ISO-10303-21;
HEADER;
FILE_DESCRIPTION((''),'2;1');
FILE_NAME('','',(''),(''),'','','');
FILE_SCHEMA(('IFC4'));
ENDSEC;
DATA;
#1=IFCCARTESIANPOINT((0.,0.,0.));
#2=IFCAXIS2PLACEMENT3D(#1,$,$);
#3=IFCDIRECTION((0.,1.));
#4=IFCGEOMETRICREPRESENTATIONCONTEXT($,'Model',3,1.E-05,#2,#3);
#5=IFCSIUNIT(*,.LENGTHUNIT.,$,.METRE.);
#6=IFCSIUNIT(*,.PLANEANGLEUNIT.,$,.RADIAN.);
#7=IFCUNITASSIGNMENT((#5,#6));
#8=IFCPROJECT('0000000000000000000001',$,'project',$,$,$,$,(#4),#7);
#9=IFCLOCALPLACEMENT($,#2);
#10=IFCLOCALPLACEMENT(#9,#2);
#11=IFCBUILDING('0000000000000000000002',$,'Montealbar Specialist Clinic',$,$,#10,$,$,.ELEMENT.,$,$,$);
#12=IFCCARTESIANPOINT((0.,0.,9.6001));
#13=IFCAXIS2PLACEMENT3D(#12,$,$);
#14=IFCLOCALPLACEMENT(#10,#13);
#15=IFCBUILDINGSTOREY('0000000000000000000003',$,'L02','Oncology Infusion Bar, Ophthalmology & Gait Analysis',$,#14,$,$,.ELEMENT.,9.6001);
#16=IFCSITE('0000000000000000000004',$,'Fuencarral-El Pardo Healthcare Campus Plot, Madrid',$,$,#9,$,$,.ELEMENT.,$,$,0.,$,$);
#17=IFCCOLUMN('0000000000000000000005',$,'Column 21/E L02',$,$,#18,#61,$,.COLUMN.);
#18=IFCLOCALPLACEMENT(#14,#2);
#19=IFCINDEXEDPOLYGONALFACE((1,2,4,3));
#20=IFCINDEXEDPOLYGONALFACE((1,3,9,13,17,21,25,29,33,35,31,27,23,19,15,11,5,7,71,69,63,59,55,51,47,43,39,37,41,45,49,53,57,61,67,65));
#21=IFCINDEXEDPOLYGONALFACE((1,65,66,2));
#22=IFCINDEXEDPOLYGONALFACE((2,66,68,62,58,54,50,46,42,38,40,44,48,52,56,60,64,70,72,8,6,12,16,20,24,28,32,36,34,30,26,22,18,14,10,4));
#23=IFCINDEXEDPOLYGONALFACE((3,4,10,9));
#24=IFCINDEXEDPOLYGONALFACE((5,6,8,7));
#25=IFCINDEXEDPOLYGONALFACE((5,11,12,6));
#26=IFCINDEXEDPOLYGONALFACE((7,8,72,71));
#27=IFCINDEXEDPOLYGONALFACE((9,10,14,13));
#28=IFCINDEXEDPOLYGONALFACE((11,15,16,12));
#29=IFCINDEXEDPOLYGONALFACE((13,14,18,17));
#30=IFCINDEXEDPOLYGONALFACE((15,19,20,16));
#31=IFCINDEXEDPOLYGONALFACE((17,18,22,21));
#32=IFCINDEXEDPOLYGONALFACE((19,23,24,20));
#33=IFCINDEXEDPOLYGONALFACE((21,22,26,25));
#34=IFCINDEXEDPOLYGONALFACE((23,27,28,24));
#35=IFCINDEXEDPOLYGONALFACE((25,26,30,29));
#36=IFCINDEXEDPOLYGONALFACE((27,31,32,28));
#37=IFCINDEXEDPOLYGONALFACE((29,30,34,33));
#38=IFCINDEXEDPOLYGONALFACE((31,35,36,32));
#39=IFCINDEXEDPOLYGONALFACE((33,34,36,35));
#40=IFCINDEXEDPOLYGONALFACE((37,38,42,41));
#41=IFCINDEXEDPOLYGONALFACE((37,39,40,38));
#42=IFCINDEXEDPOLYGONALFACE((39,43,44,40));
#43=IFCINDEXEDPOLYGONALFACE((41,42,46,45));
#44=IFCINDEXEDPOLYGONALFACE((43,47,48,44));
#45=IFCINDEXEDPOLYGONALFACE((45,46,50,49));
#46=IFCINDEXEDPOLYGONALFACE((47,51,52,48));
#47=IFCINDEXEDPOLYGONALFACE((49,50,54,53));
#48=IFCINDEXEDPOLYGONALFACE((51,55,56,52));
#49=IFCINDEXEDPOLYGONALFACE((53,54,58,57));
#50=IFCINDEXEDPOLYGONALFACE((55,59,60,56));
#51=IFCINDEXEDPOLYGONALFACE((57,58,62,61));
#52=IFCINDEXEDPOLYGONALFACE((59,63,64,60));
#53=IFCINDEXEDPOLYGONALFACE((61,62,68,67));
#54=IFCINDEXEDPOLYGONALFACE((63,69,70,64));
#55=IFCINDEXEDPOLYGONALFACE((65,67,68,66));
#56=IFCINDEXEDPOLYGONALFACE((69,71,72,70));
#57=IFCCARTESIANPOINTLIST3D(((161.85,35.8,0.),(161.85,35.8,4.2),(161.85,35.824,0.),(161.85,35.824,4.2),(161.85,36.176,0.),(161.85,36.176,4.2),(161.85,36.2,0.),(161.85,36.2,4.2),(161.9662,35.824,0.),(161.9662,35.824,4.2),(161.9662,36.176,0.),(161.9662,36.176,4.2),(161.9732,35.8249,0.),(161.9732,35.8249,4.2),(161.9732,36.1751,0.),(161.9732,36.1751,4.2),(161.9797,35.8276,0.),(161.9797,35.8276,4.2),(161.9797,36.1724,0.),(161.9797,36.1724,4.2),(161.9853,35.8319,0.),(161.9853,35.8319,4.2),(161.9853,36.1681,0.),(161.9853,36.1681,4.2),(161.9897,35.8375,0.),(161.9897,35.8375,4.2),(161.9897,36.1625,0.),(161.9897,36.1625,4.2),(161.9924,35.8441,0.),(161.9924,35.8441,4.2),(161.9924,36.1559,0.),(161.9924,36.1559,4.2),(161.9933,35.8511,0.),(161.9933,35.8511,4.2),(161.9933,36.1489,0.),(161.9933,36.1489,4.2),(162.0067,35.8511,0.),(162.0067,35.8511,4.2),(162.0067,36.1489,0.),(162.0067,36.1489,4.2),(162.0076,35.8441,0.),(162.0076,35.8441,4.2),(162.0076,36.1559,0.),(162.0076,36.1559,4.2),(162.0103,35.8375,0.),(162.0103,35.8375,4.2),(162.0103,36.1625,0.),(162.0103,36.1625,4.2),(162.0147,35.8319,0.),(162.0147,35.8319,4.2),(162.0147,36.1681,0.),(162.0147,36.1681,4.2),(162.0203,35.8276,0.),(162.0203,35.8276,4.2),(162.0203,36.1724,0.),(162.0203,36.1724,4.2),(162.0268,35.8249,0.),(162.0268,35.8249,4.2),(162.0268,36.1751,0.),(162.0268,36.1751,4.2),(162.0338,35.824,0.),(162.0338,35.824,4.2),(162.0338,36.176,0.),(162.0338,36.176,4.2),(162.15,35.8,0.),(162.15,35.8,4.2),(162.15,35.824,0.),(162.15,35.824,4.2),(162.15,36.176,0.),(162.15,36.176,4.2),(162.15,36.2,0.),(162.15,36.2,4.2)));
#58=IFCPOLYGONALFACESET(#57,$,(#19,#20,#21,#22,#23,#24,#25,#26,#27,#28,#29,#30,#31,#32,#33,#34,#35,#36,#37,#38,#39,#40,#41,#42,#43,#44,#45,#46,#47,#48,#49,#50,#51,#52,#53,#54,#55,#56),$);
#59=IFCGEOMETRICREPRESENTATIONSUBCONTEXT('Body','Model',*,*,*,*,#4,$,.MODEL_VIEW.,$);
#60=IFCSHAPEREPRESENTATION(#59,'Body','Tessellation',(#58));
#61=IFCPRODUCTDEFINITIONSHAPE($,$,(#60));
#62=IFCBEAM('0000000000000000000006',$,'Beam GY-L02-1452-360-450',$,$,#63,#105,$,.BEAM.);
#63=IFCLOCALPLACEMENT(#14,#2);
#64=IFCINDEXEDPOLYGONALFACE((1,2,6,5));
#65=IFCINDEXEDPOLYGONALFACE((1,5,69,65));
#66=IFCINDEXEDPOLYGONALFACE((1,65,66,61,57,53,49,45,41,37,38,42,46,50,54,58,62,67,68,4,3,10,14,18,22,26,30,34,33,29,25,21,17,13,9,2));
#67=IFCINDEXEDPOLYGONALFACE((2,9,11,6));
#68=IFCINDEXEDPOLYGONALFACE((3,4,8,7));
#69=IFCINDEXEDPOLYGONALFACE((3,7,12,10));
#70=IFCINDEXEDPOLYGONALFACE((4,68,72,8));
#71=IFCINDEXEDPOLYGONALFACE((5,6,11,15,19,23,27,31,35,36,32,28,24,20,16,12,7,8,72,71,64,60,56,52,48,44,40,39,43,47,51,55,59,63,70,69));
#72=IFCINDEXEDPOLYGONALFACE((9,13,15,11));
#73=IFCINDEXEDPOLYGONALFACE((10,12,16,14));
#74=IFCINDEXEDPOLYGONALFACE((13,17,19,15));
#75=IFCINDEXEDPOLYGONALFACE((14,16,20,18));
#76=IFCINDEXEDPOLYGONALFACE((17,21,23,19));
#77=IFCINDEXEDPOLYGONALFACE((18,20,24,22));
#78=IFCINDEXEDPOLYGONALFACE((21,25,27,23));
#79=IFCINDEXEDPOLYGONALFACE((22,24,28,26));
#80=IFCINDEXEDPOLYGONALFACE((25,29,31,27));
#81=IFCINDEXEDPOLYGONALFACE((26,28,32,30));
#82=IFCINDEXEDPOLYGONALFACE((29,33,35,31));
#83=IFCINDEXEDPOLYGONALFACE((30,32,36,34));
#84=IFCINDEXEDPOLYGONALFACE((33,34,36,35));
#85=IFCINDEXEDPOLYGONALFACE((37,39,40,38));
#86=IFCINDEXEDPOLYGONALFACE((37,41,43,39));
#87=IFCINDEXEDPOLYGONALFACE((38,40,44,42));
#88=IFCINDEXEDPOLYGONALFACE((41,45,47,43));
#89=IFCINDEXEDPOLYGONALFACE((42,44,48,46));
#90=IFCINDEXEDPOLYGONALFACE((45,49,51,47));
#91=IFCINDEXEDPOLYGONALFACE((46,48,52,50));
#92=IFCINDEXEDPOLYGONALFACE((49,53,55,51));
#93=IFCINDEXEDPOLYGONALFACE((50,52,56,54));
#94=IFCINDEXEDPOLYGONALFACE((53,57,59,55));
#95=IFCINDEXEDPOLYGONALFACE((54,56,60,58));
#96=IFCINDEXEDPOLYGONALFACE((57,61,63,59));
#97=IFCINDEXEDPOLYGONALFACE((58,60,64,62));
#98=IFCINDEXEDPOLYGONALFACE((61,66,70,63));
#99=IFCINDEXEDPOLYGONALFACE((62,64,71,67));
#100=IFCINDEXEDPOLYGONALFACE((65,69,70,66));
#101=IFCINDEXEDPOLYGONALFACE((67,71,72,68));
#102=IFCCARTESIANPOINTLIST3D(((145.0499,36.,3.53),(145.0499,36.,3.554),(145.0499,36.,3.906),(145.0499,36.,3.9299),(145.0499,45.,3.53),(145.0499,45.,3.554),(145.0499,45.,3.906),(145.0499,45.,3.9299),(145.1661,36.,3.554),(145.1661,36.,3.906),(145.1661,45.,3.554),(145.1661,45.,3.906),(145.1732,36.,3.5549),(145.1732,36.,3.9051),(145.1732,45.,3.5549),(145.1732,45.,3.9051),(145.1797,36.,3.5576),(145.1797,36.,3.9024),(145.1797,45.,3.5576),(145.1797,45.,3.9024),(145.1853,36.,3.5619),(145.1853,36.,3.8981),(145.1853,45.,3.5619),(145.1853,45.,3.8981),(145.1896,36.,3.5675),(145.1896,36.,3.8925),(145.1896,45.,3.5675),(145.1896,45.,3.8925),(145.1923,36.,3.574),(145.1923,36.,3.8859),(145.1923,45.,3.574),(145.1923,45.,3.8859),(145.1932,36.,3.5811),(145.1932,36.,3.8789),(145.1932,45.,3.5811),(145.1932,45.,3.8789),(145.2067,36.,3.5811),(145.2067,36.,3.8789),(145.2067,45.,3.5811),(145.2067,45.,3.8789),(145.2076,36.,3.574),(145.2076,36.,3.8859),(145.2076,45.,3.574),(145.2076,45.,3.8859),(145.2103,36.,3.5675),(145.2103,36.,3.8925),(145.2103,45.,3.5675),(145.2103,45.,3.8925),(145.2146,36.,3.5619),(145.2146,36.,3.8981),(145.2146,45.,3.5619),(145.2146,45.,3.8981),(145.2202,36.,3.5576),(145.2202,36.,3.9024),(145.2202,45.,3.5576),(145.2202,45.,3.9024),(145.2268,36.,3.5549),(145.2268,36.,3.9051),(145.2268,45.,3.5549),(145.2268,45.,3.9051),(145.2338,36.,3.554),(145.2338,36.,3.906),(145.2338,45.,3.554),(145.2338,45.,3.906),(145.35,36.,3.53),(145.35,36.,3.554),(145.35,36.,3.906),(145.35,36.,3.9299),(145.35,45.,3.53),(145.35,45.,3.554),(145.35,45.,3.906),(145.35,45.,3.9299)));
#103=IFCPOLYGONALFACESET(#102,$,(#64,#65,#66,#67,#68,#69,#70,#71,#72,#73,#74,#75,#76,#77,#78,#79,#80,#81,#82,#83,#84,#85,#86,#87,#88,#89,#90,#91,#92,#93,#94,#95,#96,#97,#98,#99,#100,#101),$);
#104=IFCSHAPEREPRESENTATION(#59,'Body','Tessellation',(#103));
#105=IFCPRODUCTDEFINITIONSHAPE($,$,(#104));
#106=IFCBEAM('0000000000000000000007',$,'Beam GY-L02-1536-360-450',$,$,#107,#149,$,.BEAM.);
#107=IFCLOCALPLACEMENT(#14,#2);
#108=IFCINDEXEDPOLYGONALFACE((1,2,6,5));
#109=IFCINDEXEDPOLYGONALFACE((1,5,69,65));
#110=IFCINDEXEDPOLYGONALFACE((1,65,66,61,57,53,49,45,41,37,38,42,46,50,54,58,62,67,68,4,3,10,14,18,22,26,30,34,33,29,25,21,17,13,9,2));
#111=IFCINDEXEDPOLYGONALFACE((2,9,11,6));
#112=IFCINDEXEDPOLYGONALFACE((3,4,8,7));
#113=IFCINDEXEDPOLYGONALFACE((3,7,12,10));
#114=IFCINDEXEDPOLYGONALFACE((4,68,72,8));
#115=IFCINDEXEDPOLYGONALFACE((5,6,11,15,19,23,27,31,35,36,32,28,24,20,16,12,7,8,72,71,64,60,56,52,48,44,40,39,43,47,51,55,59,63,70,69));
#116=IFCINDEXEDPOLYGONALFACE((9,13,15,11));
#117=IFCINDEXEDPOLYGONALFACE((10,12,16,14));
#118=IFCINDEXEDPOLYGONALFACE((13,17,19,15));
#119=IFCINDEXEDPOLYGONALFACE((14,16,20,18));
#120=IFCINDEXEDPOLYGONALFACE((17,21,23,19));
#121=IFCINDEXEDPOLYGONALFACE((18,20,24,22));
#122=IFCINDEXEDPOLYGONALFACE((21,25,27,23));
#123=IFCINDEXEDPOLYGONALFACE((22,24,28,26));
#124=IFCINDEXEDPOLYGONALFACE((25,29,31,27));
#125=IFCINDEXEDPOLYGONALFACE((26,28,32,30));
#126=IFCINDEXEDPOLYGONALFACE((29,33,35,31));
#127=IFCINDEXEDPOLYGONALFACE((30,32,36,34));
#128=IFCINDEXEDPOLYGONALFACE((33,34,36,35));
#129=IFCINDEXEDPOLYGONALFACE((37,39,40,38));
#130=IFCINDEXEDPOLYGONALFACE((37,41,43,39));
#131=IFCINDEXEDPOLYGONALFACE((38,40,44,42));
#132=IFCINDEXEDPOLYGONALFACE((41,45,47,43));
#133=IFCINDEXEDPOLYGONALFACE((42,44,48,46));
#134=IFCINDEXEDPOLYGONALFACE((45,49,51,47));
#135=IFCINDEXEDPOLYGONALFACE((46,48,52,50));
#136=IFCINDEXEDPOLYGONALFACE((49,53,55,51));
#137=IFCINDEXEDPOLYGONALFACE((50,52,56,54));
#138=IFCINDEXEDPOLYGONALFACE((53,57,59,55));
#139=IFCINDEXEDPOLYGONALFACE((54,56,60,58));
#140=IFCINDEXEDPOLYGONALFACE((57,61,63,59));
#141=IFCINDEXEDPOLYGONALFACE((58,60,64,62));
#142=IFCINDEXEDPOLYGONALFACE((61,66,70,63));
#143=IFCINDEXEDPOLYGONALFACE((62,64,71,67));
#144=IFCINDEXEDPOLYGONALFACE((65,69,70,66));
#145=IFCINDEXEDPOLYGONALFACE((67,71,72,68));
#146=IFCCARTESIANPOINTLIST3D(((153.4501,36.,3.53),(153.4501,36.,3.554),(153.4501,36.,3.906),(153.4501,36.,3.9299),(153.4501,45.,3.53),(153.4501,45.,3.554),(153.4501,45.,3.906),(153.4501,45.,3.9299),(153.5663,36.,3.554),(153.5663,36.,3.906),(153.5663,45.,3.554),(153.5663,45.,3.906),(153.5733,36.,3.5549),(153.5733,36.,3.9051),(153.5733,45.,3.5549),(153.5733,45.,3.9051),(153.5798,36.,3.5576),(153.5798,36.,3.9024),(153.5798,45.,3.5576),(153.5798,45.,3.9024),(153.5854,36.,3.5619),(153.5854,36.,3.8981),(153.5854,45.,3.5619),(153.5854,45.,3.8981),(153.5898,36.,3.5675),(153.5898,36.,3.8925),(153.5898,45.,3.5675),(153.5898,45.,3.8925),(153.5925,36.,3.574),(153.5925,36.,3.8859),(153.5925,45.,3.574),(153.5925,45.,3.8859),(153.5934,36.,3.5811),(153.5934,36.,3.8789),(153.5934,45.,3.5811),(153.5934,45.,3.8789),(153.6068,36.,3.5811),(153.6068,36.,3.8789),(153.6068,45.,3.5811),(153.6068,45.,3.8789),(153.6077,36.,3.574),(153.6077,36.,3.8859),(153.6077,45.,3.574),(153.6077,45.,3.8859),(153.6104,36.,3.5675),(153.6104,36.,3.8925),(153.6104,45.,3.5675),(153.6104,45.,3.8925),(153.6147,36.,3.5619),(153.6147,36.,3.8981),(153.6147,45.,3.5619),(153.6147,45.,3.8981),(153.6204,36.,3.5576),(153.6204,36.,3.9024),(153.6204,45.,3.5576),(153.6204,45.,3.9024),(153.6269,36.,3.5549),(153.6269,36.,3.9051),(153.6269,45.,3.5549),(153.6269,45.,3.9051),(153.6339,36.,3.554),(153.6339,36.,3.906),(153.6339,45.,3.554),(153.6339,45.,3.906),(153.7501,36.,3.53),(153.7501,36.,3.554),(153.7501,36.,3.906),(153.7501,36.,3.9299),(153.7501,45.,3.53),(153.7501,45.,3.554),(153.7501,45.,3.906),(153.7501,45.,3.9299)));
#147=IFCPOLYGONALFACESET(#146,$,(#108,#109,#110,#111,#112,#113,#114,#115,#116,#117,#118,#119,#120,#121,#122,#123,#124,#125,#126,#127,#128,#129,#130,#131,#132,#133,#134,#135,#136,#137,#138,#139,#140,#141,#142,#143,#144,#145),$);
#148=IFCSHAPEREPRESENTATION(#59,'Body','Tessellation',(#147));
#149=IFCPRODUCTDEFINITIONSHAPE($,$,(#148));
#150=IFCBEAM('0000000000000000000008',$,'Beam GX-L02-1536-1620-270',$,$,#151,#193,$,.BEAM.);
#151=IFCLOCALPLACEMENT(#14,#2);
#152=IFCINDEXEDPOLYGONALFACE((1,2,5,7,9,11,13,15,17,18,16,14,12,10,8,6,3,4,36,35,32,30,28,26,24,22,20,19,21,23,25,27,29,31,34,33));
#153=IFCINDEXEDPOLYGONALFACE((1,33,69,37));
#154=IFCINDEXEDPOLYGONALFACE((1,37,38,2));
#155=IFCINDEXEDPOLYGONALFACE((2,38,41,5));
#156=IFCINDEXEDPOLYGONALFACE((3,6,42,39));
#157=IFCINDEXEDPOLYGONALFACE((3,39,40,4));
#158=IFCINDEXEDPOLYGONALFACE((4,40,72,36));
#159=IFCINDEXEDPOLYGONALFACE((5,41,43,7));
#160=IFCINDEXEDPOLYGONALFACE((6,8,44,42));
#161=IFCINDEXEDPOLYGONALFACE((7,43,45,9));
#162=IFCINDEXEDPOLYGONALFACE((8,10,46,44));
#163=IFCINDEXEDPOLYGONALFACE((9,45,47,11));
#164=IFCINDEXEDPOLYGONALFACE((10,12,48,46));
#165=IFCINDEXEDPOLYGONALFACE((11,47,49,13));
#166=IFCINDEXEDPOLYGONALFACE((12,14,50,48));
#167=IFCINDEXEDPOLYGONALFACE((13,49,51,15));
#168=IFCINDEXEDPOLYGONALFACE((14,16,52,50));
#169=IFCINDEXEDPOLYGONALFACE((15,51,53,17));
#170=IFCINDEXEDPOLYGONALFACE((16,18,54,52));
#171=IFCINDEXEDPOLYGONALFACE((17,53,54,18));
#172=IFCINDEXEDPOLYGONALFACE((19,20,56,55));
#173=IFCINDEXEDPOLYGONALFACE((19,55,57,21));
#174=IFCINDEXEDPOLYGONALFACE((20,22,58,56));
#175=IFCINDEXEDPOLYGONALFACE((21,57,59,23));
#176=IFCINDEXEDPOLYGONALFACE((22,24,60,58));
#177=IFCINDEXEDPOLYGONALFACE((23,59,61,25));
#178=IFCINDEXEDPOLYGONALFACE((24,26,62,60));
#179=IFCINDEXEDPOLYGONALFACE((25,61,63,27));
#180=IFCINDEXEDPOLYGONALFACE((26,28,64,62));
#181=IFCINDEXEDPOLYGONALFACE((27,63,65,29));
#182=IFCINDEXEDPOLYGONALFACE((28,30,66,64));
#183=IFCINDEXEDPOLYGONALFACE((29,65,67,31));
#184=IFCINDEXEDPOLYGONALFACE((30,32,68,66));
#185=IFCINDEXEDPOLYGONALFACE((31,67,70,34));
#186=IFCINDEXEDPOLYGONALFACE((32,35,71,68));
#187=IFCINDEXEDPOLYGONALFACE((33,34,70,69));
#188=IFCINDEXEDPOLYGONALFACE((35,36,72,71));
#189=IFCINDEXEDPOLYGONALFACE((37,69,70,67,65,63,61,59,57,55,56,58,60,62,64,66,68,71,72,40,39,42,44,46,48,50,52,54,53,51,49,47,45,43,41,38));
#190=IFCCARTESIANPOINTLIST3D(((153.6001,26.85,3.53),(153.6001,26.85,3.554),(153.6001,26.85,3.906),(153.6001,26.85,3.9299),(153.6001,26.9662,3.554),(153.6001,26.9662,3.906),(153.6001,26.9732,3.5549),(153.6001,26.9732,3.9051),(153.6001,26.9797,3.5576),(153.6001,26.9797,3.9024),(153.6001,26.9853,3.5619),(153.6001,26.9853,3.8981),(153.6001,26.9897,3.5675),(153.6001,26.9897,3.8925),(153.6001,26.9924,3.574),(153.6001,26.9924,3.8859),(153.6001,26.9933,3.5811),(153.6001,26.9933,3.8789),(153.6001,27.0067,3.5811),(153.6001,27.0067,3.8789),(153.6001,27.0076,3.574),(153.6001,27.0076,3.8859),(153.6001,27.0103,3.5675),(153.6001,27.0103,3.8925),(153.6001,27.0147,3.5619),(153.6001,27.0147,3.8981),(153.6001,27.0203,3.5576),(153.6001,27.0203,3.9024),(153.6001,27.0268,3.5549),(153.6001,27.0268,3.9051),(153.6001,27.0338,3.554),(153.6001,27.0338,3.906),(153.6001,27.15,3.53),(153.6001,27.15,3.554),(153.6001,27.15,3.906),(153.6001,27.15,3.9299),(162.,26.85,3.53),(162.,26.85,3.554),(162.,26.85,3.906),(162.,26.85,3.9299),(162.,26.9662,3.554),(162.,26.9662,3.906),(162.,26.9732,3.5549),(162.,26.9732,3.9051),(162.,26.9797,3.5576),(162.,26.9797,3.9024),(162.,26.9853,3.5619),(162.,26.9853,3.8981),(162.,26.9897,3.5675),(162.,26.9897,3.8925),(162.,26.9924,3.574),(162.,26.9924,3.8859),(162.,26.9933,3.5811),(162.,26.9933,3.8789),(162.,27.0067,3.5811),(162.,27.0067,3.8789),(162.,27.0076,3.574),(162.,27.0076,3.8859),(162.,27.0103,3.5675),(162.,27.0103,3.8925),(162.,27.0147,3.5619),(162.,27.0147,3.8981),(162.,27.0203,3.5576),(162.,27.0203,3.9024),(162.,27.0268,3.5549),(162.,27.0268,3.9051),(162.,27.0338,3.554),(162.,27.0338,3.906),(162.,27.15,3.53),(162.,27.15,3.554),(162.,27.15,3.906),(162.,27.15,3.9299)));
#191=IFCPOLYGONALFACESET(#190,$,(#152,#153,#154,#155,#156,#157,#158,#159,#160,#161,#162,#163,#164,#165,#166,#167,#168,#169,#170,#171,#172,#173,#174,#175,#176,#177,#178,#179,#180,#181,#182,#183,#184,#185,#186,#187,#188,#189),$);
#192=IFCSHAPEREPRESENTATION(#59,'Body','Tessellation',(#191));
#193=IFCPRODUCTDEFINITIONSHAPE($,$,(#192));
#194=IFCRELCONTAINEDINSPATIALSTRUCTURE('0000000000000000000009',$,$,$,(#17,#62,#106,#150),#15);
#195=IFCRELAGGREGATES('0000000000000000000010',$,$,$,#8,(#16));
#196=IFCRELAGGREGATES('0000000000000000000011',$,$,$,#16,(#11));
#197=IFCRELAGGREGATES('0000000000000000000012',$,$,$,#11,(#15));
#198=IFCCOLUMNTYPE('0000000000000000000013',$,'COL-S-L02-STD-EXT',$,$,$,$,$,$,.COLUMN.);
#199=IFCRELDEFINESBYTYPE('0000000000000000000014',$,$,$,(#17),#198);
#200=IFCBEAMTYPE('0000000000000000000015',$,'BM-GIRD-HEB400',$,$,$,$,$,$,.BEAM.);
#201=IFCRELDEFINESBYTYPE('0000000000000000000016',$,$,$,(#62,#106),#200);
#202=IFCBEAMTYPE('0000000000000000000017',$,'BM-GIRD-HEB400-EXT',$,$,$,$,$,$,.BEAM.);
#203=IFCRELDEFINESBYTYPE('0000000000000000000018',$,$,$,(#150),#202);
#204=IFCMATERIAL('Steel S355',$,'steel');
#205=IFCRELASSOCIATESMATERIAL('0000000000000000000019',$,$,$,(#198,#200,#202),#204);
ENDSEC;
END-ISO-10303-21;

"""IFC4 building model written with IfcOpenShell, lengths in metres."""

from ifc_helpers import new_model, si_unit, direction, frame, origin, origin_2d, place, context, subcontext, project, spatial, i_section, extrude, material, material_profile, profile_set, type_object, element, save


model = new_model("IFC4")

# Units and contexts
model_context = context("Model", 3, precision=1e-05, world=origin(), true_north=direction((0.0, 1.0)))
body_context = subcontext(model_context, "Body", "Model", "MODEL_VIEW")
ifc_project = project(units=[si_unit("LENGTHUNIT", "METRE"), si_unit("PLANEANGLEUNIT", "RADIAN")], contexts=[model_context])

# Site, building, storey
site_placement = place(None, origin())
site = spatial("IfcSite", under=ifc_project, at=site_placement, Name="Fuencarral-El Pardo Healthcare Campus Plot, Madrid", CompositionType="ELEMENT", RefElevation=0.0)
building_placement = place(site_placement, origin())
building = spatial("IfcBuilding", under=site, at=building_placement, Name="Montealbar Specialist Clinic", CompositionType="ELEMENT")
storey_placement = place(building_placement, frame((0.0, 0.0, 9.6001)))
storey = spatial("IfcBuildingStorey", under=building, at=storey_placement, Name="L02", Description="Oncology Infusion Bar, Ophthalmology & Gait Analysis", CompositionType="ELEMENT", Elevation=9.6001)

# Column
ifc_material_1 = material(Name="Steel S355", Category="steel")
ifc_material_profile_1 = material_profile(ifc_material_1, i_section(OverallWidth=0.3, OverallDepth=0.3999, WebThickness=0.0134, FlangeThickness=0.0239, FilletRadius=0.0271, at=origin_2d()), Name="HEB 400", Category="steel")
ifc_profile_set_1 = profile_set([ifc_material_profile_1], Name="Steel S355")
column_type_1 = type_object("IfcColumnType", Name="COL-S-L02-STD-EXT", PredefinedType="COLUMN", material=ifc_profile_set_1)
for number, where, z_axis, x_axis, name in (
    (1, (162.0, 36.0, 0.0), (0.0, 0.0, 1.0), (1.0, 0.0, 0.0), "Column 21/E L02"),
):
    element("IfcColumn", number, at=place(storey_placement, frame(where, z_axis=z_axis, x_axis=x_axis)), inside=storey, type_object=column_type_1, Name=name, PredefinedType="COLUMN", context=body_context, shape_type="SweptSolid", body=[
        extrude(i_section(OverallWidth=0.3, OverallDepth=0.3999, WebThickness=0.0134, FlangeThickness=0.0239, FilletRadius=0.0271, at=origin_2d()), origin(), (0.0, 0.0, 1.0), 4.2),
    ])

# Beams
ifc_material_profile_2 = material_profile(ifc_material_1, i_section(OverallWidth=0.3, OverallDepth=0.3999, WebThickness=0.0134, FlangeThickness=0.0239, FilletRadius=0.0271, at=origin_2d()), Name="HEB 400", Category="steel")
ifc_profile_set_2 = profile_set([ifc_material_profile_2], Name="Steel S355")
beam_type_1 = type_object("IfcBeamType", Name="BM-GIRD-HEB400", PredefinedType="BEAM", material=ifc_profile_set_2)
for number, where, z_axis, x_axis, name in (
    (2, (145.2, 36.0, 3.73), (0.0, 1.0, 0.0), (-1.0, 0.0, 0.0), "Beam GY-L02-1452-360-450"),
    (3, (153.6001, 36.0, 3.73), (0.0, 1.0, 0.0), (-1.0, 0.0, 0.0), "Beam GY-L02-1536-360-450"),
):
    element("IfcBeam", number, at=place(storey_placement, frame(where, z_axis=z_axis, x_axis=x_axis)), inside=storey, type_object=beam_type_1, Name=name, PredefinedType="BEAM", context=body_context, shape_type="SweptSolid", body=[
        extrude(i_section(OverallWidth=0.3, OverallDepth=0.3999, WebThickness=0.0134, FlangeThickness=0.0239, FilletRadius=0.0271, at=origin_2d()), origin(), (0.0, 0.0, 1.0), 9.0),
    ])
ifc_material_profile_3 = material_profile(ifc_material_1, i_section(OverallWidth=0.3, OverallDepth=0.3999, WebThickness=0.0134, FlangeThickness=0.0239, FilletRadius=0.0271, at=origin_2d()), Name="HEB 400", Category="steel")
ifc_profile_set_3 = profile_set([ifc_material_profile_3], Name="Steel S355")
beam_type_2 = type_object("IfcBeamType", Name="BM-GIRD-HEB400-EXT", PredefinedType="BEAM", material=ifc_profile_set_3)
beam_1_placement = place(storey_placement, frame((153.6001, 27.0, 3.73), z_axis=(1.0, 0.0, 0.0), x_axis=(0.0, 1.0, 0.0)))
element("IfcBeam", 4, at=beam_1_placement, inside=storey, type_object=beam_type_2, Name="Beam GX-L02-1536-1620-270", PredefinedType="BEAM", context=body_context, shape_type="SweptSolid", body=[
    extrude(i_section(OverallWidth=0.3, OverallDepth=0.3999, WebThickness=0.0134, FlangeThickness=0.0239, FilletRadius=0.0271, at=origin_2d()), origin(), (0.0, 0.0, 1.0), 8.3999),
])

save(model, "model.ifc")
